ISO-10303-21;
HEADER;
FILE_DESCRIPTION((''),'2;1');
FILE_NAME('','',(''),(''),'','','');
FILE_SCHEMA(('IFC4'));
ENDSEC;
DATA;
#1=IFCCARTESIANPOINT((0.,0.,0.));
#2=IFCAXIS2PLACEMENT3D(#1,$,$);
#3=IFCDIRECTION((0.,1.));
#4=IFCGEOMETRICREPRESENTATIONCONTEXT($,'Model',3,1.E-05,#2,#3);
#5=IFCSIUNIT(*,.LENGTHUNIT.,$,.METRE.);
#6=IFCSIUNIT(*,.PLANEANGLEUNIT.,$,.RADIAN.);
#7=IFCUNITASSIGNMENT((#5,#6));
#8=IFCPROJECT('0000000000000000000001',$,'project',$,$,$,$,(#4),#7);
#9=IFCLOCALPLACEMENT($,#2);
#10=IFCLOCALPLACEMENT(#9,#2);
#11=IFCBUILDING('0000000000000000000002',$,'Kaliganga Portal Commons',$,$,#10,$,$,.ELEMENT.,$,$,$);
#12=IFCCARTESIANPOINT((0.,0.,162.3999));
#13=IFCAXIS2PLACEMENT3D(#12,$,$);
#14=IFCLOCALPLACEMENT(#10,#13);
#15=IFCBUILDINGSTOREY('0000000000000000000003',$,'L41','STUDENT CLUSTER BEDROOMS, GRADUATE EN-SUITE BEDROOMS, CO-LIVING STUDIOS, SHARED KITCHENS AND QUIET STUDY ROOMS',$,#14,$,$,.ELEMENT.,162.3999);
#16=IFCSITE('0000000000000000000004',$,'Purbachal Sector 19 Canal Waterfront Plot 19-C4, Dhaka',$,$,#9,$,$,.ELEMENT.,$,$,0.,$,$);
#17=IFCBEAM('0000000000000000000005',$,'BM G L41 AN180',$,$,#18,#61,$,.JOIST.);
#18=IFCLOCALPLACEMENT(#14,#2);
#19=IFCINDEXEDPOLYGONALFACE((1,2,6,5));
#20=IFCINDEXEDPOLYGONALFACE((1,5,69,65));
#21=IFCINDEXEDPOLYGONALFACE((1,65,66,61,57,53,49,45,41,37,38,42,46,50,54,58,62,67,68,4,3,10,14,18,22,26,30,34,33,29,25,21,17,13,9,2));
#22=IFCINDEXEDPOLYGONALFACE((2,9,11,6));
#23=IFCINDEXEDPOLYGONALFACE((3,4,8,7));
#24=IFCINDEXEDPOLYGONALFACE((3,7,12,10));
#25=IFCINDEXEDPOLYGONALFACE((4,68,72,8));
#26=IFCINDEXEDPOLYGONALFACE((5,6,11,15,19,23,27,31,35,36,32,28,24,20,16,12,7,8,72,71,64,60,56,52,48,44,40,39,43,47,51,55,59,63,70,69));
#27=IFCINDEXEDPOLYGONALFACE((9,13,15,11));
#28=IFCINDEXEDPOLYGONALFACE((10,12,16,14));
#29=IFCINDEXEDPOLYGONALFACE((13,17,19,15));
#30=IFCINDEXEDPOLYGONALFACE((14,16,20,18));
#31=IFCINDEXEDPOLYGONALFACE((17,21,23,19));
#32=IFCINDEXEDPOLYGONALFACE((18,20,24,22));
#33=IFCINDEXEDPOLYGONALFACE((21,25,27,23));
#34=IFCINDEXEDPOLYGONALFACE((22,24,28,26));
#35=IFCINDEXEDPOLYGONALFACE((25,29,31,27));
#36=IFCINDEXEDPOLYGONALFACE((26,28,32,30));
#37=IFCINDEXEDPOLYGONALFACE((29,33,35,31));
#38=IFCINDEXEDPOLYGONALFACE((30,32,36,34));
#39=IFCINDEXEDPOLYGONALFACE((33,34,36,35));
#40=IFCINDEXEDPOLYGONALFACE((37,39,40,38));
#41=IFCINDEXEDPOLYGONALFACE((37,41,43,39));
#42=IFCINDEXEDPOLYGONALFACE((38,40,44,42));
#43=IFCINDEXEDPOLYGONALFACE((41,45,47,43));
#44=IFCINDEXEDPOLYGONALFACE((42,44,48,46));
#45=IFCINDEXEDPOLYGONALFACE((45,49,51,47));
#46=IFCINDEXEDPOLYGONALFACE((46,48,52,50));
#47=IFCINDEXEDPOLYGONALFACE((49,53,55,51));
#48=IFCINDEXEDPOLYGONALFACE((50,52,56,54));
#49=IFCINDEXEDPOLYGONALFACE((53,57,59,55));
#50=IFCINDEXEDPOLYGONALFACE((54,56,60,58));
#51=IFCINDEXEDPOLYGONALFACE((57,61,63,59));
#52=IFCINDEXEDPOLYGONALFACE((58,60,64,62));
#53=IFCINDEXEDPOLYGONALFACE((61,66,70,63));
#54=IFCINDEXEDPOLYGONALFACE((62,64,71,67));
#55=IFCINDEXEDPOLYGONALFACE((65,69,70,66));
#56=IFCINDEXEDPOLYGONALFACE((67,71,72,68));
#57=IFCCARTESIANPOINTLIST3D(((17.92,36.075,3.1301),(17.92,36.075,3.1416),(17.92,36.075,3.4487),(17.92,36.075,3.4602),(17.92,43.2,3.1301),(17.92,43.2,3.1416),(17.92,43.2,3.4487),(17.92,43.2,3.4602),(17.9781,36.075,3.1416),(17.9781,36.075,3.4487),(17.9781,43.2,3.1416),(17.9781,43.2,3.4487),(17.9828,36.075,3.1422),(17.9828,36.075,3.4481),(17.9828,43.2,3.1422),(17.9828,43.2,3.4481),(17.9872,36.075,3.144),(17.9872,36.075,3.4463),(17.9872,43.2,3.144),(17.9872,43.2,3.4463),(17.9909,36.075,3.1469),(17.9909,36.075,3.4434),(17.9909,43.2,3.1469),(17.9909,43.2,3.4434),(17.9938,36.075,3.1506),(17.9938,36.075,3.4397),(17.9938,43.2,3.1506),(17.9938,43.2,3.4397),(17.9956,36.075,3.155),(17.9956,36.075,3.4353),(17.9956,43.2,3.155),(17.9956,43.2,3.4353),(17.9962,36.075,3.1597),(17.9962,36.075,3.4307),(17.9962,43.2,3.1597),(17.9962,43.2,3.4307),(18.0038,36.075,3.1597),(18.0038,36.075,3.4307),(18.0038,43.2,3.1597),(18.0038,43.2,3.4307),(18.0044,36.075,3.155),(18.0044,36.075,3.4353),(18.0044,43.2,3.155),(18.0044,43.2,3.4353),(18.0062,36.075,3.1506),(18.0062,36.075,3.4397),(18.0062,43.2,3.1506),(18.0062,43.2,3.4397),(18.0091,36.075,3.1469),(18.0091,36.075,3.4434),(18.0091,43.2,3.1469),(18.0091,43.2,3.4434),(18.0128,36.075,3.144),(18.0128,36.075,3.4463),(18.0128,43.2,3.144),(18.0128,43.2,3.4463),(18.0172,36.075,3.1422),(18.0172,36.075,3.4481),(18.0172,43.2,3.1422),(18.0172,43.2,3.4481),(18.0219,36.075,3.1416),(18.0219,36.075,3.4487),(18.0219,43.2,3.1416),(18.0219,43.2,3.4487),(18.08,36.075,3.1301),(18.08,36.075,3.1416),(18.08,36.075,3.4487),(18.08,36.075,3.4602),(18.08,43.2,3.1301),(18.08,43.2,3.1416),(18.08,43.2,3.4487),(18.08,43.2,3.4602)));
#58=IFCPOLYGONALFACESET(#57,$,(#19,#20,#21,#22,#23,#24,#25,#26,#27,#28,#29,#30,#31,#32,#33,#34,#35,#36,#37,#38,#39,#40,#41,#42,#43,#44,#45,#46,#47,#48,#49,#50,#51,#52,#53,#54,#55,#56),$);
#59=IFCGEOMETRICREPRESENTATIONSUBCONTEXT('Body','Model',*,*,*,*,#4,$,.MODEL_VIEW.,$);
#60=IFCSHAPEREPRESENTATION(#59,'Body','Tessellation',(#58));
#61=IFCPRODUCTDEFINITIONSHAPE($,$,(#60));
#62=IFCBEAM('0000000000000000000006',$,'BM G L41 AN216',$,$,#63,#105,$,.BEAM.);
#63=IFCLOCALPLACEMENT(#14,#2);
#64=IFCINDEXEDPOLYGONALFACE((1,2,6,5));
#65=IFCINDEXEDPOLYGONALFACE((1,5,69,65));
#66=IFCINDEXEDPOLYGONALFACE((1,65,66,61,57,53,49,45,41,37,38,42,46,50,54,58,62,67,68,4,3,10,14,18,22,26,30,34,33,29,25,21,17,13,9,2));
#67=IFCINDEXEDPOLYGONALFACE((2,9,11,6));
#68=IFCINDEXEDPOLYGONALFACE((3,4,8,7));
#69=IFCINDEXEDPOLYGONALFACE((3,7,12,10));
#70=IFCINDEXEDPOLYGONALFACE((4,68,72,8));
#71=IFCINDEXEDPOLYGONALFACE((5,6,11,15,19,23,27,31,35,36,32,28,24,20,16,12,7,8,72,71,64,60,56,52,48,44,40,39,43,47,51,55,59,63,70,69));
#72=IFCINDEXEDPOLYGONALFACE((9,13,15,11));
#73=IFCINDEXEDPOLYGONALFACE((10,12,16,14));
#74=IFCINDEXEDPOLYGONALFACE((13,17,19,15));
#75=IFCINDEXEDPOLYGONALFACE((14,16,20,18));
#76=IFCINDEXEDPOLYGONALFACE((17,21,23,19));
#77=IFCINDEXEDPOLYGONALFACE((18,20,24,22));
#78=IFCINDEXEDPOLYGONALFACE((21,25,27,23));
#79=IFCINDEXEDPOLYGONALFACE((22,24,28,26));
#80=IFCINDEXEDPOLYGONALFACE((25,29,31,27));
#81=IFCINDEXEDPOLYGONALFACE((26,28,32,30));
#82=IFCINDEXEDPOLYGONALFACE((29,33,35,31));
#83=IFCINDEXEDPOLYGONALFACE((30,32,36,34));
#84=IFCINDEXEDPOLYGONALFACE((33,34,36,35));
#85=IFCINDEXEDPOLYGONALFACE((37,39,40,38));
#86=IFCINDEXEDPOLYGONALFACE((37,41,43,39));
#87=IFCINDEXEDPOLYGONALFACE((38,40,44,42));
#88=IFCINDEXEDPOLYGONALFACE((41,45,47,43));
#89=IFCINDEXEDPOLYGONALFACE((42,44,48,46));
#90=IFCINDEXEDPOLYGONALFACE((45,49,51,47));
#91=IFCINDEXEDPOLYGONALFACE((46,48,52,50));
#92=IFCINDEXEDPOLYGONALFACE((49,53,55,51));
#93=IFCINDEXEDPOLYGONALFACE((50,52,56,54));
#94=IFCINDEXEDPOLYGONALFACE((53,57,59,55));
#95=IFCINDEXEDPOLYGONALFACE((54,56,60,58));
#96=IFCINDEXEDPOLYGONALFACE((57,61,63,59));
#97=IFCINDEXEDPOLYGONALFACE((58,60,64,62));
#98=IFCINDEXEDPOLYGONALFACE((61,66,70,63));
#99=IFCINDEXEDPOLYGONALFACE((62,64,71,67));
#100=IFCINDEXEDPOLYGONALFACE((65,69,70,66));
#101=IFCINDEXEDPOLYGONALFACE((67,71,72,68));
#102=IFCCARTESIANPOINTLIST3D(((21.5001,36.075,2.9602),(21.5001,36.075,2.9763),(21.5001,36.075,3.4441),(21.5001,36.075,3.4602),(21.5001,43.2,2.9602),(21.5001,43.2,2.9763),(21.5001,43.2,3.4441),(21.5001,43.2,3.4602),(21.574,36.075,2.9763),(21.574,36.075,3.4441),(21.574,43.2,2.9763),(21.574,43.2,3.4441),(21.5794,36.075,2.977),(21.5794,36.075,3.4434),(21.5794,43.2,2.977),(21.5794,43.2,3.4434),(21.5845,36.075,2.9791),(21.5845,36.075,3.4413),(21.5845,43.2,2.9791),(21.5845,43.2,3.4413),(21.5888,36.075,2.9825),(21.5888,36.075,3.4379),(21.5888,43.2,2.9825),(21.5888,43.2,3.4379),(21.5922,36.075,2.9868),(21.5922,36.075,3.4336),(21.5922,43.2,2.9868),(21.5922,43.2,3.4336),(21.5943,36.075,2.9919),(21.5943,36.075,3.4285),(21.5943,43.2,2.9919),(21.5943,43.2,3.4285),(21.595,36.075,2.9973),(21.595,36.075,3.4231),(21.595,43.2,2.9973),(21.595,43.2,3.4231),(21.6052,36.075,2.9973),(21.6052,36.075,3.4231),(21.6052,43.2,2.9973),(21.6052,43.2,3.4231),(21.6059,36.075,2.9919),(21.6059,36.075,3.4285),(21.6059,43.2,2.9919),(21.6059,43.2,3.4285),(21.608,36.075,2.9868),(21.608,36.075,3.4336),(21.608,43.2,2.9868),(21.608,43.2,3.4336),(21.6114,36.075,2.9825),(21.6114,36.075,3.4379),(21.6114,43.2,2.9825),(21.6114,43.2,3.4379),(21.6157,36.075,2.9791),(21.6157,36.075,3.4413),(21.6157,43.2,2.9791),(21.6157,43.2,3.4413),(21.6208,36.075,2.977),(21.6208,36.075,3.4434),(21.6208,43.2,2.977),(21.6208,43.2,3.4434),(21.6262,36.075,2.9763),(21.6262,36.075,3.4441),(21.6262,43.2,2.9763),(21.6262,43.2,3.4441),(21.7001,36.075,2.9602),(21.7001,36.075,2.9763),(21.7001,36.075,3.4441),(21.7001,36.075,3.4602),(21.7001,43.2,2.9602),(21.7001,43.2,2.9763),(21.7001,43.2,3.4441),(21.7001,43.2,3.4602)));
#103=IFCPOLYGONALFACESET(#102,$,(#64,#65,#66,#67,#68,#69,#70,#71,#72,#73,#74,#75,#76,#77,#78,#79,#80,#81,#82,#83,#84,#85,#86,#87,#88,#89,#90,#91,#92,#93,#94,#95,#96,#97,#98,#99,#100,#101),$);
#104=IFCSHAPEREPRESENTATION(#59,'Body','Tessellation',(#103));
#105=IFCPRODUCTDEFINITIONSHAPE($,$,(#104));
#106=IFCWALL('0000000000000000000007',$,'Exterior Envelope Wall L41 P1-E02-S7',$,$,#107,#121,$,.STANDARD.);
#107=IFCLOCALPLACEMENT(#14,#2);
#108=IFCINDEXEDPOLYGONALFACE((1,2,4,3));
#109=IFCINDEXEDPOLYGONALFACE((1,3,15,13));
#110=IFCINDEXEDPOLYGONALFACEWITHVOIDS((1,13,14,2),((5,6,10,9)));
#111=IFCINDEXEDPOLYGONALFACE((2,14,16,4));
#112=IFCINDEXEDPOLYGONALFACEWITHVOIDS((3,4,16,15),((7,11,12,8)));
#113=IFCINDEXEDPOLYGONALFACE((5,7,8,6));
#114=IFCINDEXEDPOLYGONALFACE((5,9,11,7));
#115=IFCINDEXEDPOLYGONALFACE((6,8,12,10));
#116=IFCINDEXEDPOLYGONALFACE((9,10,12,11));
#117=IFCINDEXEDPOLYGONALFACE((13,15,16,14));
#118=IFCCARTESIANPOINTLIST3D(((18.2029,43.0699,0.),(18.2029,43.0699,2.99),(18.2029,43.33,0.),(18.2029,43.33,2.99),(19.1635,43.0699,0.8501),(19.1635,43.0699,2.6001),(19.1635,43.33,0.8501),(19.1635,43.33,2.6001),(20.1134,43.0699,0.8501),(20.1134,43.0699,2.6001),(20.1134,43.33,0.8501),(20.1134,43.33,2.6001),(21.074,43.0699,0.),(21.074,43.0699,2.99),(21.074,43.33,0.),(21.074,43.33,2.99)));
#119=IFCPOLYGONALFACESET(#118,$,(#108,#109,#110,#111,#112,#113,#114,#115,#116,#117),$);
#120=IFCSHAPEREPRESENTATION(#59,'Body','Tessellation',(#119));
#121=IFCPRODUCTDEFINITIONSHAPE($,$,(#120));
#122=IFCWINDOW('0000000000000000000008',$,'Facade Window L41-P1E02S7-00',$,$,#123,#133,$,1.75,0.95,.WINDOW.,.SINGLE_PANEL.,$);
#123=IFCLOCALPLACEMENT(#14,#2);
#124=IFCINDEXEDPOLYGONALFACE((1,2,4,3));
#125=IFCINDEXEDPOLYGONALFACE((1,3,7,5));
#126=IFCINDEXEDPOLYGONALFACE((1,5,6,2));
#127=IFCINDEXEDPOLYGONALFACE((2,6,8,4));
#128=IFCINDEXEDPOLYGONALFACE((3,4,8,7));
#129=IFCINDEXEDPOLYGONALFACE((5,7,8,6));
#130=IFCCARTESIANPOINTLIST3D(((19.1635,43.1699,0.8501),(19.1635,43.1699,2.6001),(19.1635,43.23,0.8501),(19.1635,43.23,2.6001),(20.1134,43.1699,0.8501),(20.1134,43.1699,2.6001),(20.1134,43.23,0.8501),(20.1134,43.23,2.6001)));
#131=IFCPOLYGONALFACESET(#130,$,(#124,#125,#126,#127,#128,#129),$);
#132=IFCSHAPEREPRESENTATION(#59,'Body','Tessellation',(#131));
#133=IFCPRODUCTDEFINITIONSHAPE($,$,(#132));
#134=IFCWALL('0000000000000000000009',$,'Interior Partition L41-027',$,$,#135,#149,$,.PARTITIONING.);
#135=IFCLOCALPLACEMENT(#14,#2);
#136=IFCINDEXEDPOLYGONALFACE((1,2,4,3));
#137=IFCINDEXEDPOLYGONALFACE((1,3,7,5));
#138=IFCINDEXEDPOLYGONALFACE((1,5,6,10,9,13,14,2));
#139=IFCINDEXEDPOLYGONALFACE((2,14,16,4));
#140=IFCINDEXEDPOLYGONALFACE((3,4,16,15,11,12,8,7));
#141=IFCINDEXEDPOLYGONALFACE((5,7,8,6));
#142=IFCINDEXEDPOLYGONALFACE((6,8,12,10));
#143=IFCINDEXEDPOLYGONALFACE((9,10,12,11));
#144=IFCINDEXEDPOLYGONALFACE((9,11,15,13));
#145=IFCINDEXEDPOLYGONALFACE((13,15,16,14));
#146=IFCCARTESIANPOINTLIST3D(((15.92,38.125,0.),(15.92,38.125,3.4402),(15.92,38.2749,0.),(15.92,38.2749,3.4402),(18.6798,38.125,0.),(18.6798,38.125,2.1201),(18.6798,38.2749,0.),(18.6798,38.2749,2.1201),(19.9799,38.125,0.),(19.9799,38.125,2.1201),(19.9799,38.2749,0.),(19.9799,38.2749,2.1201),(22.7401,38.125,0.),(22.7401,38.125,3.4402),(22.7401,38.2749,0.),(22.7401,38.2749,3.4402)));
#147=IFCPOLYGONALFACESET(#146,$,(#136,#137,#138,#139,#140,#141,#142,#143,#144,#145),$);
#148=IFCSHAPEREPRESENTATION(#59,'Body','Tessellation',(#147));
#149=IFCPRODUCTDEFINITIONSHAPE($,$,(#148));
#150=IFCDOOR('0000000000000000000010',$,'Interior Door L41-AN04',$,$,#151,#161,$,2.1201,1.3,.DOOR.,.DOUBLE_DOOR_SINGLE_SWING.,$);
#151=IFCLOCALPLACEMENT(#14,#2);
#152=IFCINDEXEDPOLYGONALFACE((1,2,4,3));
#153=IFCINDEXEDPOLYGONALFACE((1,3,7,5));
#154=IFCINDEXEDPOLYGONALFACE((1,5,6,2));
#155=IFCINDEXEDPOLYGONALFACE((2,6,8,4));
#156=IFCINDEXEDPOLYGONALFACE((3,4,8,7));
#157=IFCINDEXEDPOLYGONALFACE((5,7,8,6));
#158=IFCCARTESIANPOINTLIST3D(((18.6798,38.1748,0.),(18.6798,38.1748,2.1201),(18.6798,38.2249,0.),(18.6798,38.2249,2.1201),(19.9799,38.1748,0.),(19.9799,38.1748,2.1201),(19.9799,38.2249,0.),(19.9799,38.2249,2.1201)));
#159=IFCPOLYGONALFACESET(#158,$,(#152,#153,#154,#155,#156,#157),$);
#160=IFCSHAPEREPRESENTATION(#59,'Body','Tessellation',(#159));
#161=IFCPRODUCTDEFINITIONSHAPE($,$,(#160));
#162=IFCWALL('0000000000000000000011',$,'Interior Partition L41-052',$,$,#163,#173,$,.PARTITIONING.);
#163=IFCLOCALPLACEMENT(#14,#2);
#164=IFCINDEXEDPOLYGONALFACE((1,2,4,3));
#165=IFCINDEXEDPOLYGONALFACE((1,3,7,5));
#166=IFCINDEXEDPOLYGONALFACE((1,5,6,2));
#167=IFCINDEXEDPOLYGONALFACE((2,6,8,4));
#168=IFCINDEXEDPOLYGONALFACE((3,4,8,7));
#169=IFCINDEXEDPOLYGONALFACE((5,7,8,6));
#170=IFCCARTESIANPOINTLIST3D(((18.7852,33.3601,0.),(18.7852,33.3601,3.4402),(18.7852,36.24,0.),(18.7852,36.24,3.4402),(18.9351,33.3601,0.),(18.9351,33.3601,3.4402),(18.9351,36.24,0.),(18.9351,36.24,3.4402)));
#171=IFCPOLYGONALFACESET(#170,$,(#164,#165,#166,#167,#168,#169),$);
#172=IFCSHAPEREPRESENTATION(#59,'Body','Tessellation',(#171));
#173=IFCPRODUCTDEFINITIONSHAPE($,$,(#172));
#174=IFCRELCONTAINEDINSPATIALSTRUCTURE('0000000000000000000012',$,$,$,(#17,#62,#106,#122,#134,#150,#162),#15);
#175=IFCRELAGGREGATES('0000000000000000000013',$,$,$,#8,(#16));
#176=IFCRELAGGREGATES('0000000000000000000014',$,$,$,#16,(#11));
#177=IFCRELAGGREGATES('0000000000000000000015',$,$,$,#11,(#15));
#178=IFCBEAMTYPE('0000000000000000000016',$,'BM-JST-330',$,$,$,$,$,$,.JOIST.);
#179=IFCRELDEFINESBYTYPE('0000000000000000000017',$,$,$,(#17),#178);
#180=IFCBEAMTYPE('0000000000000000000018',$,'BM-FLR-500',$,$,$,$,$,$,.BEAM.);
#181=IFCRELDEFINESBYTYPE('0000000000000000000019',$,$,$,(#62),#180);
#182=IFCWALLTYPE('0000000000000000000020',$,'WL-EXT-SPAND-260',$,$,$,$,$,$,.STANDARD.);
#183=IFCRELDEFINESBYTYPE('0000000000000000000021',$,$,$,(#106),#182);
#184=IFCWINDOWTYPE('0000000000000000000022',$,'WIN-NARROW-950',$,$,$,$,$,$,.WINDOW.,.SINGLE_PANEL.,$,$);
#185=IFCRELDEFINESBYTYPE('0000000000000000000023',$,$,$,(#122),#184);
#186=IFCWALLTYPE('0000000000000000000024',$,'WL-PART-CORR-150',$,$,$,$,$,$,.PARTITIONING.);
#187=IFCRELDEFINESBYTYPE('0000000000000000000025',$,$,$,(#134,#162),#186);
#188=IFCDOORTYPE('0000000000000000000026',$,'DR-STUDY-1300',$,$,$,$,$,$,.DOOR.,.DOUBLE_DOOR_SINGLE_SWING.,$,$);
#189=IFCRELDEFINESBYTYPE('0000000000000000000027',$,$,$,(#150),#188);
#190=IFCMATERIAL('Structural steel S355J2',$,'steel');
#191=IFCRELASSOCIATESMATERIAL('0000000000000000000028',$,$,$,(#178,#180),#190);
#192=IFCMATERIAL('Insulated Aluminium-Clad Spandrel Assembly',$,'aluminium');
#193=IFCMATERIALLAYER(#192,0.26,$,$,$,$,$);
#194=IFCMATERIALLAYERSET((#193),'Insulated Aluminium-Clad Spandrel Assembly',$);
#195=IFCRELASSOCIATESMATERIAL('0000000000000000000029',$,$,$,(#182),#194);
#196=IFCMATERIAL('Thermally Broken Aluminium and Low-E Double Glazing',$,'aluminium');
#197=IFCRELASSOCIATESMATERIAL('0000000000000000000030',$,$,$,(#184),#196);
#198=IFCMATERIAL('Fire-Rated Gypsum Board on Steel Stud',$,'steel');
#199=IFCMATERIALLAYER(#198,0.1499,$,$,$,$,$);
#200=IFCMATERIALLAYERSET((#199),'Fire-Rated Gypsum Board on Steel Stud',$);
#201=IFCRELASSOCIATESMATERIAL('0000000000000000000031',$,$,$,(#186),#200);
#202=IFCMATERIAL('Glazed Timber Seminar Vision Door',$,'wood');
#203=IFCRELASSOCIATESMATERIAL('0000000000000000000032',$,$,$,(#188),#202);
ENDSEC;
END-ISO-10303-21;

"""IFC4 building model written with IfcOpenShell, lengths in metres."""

from ifc_helpers import new_model, si_unit, direction, frame, frame_2d, origin, origin_2d, place, context, subcontext, project, spatial, rectangle, i_section, extrude, source, transform, mapped, material, layer, layer_set, material_profile, profile_set, type_object, element, fill, save


model = new_model("IFC4")

# Units and contexts
model_context = context("Model", 3, precision=1e-05, world=origin(), true_north=direction((0.0, 1.0)))
body_context = subcontext(model_context, "Body", "Model", "MODEL_VIEW")
ifc_project = project(units=[si_unit("LENGTHUNIT", "METRE"), si_unit("PLANEANGLEUNIT", "RADIAN")], contexts=[model_context])

# Site, building, storey
site_placement = place(None, origin())
site = spatial("IfcSite", under=ifc_project, at=site_placement, Name="Purbachal Sector 19 Canal Waterfront Plot 19-C4, Dhaka", CompositionType="ELEMENT", RefElevation=0.0)
building_placement = place(site_placement, origin())
building = spatial("IfcBuilding", under=site, at=building_placement, Name="Kaliganga Portal Commons", CompositionType="ELEMENT")
storey_placement = place(building_placement, frame((0.0, 0.0, 162.3999)))
storey = spatial("IfcBuildingStorey", under=building, at=storey_placement, Name="L41", Description="STUDENT CLUSTER BEDROOMS, GRADUATE EN-SUITE BEDROOMS, CO-LIVING STUDIOS, SHARED KITCHENS AND QUIET STUDY ROOMS", CompositionType="ELEMENT", Elevation=162.3999)

# Beams
ifc_material_1 = material(Name="Structural steel S355J2", Category="steel")
ifc_material_profile_1 = material_profile(ifc_material_1, i_section(OverallWidth=0.1599, OverallDepth=0.3301, WebThickness=0.0076, FlangeThickness=0.0115, FilletRadius=0.0181, at=origin_2d()), Name="IPE 330")
ifc_profile_set_1 = profile_set([ifc_material_profile_1], Name="Structural steel S355J2 wide-flange")
beam_type_1 = type_object("IfcBeamType", Name="BM-JST-330", PredefinedType="JOIST", material=ifc_profile_set_1)
shared_shape_1 = source(origin(), body_context, "Body", "SweptSolid", [
    extrude(i_section(OverallWidth=0.1599, OverallDepth=0.3301, WebThickness=0.0076, FlangeThickness=0.0115, FilletRadius=0.0181, at=origin_2d()), origin(), (0.0, 0.0, 1.0), 7.125),
])
beam_1_placement = place(storey_placement, frame((18.0, 36.075, 3.2952), z_axis=(0.0, 1.0, 0.0), x_axis=(-1.0, 0.0, 0.0)))
element("IfcBeam", 1, at=beam_1_placement, inside=storey, type_object=beam_type_1, Name="BM G L41 AN180", PredefinedType="JOIST", context=body_context, shape_type="MappedRepresentation", body=[
    mapped(shared_shape_1, transform((0.0, 0.0, 0.0), x_axis=(1.0, 0.0, 0.0), y_axis=(0.0, 1.0, 0.0), z_axis=(0.0, 0.0, 1.0), scale=1.0)),
])
ifc_material_profile_2 = material_profile(ifc_material_1, i_section(OverallWidth=0.2, OverallDepth=0.5, WebThickness=0.0103, FlangeThickness=0.0161, FilletRadius=0.021, at=origin_2d()), Name="IPE 500")
ifc_profile_set_2 = profile_set([ifc_material_profile_2], Name="Structural steel S355J2 wide-flange")
beam_type_2 = type_object("IfcBeamType", Name="BM-FLR-500", PredefinedType="BEAM", material=ifc_profile_set_2)
shared_shape_2 = source(origin(), body_context, "Body", "SweptSolid", [
    extrude(i_section(OverallWidth=0.2, OverallDepth=0.5, WebThickness=0.0103, FlangeThickness=0.0161, FilletRadius=0.021, at=origin_2d()), origin(), (0.0, 0.0, 1.0), 7.125),
])
beam_2_placement = place(storey_placement, frame((21.6001, 36.075, 3.2102), z_axis=(0.0, 1.0, 0.0), x_axis=(-1.0, 0.0, 0.0)))
element("IfcBeam", 2, at=beam_2_placement, inside=storey, type_object=beam_type_2, Name="BM G L41 AN216", PredefinedType="BEAM", context=body_context, shape_type="MappedRepresentation", body=[
    mapped(shared_shape_2, transform((0.0, 0.0, 0.0), x_axis=(1.0, 0.0, 0.0), y_axis=(0.0, 1.0, 0.0), z_axis=(0.0, 0.0, 1.0), scale=1.0)),
])

# Wall, opening, window
ifc_material_2 = material(Name="Insulated Aluminium-Clad Spandrel Assembly", Category="aluminium")
ifc_layer_1 = layer(ifc_material_2, 0.26)
ifc_layer_set_1 = layer_set([ifc_layer_1], Name="Insulated Aluminium-Clad Spandrel Assembly")
wall_type_1 = type_object("IfcWallType", Name="WL-EXT-SPAND-260", PredefinedType="STANDARD", material=ifc_layer_set_1)
wall_1_placement = place(storey_placement, frame((18.2029, 43.2, 0.0), z_axis=(0.0, 0.0, 1.0), x_axis=(1.0, 0.0, 0.0)))
wall_1 = element("IfcWall", 3, at=wall_1_placement, inside=storey, type_object=wall_type_1, Name="Exterior Envelope Wall L41 P1-E02-S7", PredefinedType="STANDARD", context=body_context, shape_type="SweptSolid", body=[
    extrude(rectangle(XDim=2.8711, YDim=0.26, at=frame_2d((1.4355, 0.0))), origin(), (0.0, 0.0, 1.0), 2.99),
])
opening_1_placement = place(wall_1_placement, frame((0.9604, 0.0, 0.8501)))
opening_1 = element("IfcOpeningElement", 4, at=opening_1_placement, cuts=wall_1, PredefinedType="OPENING", context=body_context, shape_type="SweptSolid", body=[
    extrude(rectangle(XDim=0.95, YDim=1.75, at=frame_2d((0.4751, 0.875))), frame((0.0, 0.1401, 0.0), z_axis=(0.0, -1.0, 0.0), x_axis=(1.0, 0.0, 0.0)), (0.0, 0.0, 1.0), 0.28),
])
ifc_material_3 = material(Name="Thermally Broken Aluminium and Low-E Double Glazing", Category="aluminium")
window_type = type_object("IfcWindowType", Name="WIN-NARROW-950", PartitioningType="SINGLE_PANEL", PredefinedType="WINDOW", material=ifc_material_3)
window_placement = place(opening_1_placement, origin())
window = element("IfcWindow", 5, at=window_placement, inside=storey, type_object=window_type, Name="Facade Window L41-P1E02S7-00", OverallHeight=1.75, OverallWidth=0.95, PartitioningType="SINGLE_PANEL", PredefinedType="WINDOW", context=body_context, shape_type="SweptSolid", body=[
    extrude(rectangle(XDim=0.95, YDim=1.75, at=frame_2d((0.4751, 0.875))), frame((0.0, 0.03, 0.0), z_axis=(0.0, -1.0, 0.0), x_axis=(1.0, 0.0, 0.0)), (0.0, 0.0, 1.0), 0.0601),
])
fill(opening_1, window)

# Wall, opening, door
ifc_material_4 = material(Name="Fire-Rated Gypsum Board on Steel Stud", Category="steel")
ifc_layer_2 = layer(ifc_material_4, 0.1499)
ifc_layer_set_2 = layer_set([ifc_layer_2], Name="Fire-Rated Gypsum Board on Steel Stud")
wall_type_2 = type_object("IfcWallType", Name="WL-PART-CORR-150", PredefinedType="PARTITIONING", material=ifc_layer_set_2)
wall_2_placement = place(storey_placement, frame((15.9199, 38.2, 0.0), z_axis=(0.0, 0.0, 1.0), x_axis=(1.0, 0.0, 0.0)))
wall_2 = element("IfcWall", 6, at=wall_2_placement, inside=storey, type_object=wall_type_2, Name="Interior Partition L41-027", PredefinedType="PARTITIONING", context=body_context, shape_type="SweptSolid", body=[
    extrude(rectangle(XDim=6.8201, YDim=0.1499, at=frame_2d((3.4102, 0.0))), origin(), (0.0, 0.0, 1.0), 3.4402),
])
opening_2_placement = place(wall_2_placement, frame((2.76, 0.0, 0.0)))
opening_2 = element("IfcOpeningElement", 7, at=opening_2_placement, cuts=wall_2, PredefinedType="OPENING", context=body_context, shape_type="SweptSolid", body=[
    extrude(rectangle(XDim=1.3, YDim=2.1201, at=frame_2d((0.6499, 1.0601))), frame((0.0, 0.085, 0.0), z_axis=(0.0, -1.0, 0.0), x_axis=(1.0, 0.0, 0.0)), (0.0, 0.0, 1.0), 0.1699),
])
ifc_material_5 = material(Name="Glazed Timber Seminar Vision Door", Category="wood")
door_type_1 = type_object("IfcDoorType", Name="DR-STUDY-1300", OperationType="DOUBLE_DOOR_SINGLE_SWING", PredefinedType="DOOR", material=ifc_material_5)
door_1_placement = place(opening_2_placement, origin())
door_1 = element("IfcDoor", 8, at=door_1_placement, inside=storey, type_object=door_type_1, Name="Interior Door L41-AN04", OperationType="DOUBLE_DOOR_SINGLE_SWING", OverallHeight=2.1201, OverallWidth=1.3, PredefinedType="DOOR", context=body_context, shape_type="SweptSolid", body=[
    extrude(rectangle(XDim=1.3, YDim=2.1201, at=frame_2d((0.6499, 1.0601))), frame((0.0, 0.0249, 0.0), z_axis=(0.0, -1.0, 0.0), x_axis=(1.0, 0.0, 0.0)), (0.0, 0.0, 1.0), 0.05),
])
fill(opening_2, door_1)

# Wall
wall_3_placement = place(storey_placement, frame((18.8601, 33.3601, 0.0), z_axis=(0.0, 0.0, 1.0), x_axis=(0.0, 1.0, 0.0)))
element("IfcWall", 9, at=wall_3_placement, inside=storey, type_object=wall_type_2, Name="Interior Partition L41-052", PredefinedType="PARTITIONING", context=body_context, shape_type="SweptSolid", body=[
    extrude(rectangle(XDim=2.8799, YDim=0.1499, at=frame_2d((1.4399, 0.0))), origin(), (0.0, 0.0, 1.0), 3.4402),
])

save(model, "model.ifc")
